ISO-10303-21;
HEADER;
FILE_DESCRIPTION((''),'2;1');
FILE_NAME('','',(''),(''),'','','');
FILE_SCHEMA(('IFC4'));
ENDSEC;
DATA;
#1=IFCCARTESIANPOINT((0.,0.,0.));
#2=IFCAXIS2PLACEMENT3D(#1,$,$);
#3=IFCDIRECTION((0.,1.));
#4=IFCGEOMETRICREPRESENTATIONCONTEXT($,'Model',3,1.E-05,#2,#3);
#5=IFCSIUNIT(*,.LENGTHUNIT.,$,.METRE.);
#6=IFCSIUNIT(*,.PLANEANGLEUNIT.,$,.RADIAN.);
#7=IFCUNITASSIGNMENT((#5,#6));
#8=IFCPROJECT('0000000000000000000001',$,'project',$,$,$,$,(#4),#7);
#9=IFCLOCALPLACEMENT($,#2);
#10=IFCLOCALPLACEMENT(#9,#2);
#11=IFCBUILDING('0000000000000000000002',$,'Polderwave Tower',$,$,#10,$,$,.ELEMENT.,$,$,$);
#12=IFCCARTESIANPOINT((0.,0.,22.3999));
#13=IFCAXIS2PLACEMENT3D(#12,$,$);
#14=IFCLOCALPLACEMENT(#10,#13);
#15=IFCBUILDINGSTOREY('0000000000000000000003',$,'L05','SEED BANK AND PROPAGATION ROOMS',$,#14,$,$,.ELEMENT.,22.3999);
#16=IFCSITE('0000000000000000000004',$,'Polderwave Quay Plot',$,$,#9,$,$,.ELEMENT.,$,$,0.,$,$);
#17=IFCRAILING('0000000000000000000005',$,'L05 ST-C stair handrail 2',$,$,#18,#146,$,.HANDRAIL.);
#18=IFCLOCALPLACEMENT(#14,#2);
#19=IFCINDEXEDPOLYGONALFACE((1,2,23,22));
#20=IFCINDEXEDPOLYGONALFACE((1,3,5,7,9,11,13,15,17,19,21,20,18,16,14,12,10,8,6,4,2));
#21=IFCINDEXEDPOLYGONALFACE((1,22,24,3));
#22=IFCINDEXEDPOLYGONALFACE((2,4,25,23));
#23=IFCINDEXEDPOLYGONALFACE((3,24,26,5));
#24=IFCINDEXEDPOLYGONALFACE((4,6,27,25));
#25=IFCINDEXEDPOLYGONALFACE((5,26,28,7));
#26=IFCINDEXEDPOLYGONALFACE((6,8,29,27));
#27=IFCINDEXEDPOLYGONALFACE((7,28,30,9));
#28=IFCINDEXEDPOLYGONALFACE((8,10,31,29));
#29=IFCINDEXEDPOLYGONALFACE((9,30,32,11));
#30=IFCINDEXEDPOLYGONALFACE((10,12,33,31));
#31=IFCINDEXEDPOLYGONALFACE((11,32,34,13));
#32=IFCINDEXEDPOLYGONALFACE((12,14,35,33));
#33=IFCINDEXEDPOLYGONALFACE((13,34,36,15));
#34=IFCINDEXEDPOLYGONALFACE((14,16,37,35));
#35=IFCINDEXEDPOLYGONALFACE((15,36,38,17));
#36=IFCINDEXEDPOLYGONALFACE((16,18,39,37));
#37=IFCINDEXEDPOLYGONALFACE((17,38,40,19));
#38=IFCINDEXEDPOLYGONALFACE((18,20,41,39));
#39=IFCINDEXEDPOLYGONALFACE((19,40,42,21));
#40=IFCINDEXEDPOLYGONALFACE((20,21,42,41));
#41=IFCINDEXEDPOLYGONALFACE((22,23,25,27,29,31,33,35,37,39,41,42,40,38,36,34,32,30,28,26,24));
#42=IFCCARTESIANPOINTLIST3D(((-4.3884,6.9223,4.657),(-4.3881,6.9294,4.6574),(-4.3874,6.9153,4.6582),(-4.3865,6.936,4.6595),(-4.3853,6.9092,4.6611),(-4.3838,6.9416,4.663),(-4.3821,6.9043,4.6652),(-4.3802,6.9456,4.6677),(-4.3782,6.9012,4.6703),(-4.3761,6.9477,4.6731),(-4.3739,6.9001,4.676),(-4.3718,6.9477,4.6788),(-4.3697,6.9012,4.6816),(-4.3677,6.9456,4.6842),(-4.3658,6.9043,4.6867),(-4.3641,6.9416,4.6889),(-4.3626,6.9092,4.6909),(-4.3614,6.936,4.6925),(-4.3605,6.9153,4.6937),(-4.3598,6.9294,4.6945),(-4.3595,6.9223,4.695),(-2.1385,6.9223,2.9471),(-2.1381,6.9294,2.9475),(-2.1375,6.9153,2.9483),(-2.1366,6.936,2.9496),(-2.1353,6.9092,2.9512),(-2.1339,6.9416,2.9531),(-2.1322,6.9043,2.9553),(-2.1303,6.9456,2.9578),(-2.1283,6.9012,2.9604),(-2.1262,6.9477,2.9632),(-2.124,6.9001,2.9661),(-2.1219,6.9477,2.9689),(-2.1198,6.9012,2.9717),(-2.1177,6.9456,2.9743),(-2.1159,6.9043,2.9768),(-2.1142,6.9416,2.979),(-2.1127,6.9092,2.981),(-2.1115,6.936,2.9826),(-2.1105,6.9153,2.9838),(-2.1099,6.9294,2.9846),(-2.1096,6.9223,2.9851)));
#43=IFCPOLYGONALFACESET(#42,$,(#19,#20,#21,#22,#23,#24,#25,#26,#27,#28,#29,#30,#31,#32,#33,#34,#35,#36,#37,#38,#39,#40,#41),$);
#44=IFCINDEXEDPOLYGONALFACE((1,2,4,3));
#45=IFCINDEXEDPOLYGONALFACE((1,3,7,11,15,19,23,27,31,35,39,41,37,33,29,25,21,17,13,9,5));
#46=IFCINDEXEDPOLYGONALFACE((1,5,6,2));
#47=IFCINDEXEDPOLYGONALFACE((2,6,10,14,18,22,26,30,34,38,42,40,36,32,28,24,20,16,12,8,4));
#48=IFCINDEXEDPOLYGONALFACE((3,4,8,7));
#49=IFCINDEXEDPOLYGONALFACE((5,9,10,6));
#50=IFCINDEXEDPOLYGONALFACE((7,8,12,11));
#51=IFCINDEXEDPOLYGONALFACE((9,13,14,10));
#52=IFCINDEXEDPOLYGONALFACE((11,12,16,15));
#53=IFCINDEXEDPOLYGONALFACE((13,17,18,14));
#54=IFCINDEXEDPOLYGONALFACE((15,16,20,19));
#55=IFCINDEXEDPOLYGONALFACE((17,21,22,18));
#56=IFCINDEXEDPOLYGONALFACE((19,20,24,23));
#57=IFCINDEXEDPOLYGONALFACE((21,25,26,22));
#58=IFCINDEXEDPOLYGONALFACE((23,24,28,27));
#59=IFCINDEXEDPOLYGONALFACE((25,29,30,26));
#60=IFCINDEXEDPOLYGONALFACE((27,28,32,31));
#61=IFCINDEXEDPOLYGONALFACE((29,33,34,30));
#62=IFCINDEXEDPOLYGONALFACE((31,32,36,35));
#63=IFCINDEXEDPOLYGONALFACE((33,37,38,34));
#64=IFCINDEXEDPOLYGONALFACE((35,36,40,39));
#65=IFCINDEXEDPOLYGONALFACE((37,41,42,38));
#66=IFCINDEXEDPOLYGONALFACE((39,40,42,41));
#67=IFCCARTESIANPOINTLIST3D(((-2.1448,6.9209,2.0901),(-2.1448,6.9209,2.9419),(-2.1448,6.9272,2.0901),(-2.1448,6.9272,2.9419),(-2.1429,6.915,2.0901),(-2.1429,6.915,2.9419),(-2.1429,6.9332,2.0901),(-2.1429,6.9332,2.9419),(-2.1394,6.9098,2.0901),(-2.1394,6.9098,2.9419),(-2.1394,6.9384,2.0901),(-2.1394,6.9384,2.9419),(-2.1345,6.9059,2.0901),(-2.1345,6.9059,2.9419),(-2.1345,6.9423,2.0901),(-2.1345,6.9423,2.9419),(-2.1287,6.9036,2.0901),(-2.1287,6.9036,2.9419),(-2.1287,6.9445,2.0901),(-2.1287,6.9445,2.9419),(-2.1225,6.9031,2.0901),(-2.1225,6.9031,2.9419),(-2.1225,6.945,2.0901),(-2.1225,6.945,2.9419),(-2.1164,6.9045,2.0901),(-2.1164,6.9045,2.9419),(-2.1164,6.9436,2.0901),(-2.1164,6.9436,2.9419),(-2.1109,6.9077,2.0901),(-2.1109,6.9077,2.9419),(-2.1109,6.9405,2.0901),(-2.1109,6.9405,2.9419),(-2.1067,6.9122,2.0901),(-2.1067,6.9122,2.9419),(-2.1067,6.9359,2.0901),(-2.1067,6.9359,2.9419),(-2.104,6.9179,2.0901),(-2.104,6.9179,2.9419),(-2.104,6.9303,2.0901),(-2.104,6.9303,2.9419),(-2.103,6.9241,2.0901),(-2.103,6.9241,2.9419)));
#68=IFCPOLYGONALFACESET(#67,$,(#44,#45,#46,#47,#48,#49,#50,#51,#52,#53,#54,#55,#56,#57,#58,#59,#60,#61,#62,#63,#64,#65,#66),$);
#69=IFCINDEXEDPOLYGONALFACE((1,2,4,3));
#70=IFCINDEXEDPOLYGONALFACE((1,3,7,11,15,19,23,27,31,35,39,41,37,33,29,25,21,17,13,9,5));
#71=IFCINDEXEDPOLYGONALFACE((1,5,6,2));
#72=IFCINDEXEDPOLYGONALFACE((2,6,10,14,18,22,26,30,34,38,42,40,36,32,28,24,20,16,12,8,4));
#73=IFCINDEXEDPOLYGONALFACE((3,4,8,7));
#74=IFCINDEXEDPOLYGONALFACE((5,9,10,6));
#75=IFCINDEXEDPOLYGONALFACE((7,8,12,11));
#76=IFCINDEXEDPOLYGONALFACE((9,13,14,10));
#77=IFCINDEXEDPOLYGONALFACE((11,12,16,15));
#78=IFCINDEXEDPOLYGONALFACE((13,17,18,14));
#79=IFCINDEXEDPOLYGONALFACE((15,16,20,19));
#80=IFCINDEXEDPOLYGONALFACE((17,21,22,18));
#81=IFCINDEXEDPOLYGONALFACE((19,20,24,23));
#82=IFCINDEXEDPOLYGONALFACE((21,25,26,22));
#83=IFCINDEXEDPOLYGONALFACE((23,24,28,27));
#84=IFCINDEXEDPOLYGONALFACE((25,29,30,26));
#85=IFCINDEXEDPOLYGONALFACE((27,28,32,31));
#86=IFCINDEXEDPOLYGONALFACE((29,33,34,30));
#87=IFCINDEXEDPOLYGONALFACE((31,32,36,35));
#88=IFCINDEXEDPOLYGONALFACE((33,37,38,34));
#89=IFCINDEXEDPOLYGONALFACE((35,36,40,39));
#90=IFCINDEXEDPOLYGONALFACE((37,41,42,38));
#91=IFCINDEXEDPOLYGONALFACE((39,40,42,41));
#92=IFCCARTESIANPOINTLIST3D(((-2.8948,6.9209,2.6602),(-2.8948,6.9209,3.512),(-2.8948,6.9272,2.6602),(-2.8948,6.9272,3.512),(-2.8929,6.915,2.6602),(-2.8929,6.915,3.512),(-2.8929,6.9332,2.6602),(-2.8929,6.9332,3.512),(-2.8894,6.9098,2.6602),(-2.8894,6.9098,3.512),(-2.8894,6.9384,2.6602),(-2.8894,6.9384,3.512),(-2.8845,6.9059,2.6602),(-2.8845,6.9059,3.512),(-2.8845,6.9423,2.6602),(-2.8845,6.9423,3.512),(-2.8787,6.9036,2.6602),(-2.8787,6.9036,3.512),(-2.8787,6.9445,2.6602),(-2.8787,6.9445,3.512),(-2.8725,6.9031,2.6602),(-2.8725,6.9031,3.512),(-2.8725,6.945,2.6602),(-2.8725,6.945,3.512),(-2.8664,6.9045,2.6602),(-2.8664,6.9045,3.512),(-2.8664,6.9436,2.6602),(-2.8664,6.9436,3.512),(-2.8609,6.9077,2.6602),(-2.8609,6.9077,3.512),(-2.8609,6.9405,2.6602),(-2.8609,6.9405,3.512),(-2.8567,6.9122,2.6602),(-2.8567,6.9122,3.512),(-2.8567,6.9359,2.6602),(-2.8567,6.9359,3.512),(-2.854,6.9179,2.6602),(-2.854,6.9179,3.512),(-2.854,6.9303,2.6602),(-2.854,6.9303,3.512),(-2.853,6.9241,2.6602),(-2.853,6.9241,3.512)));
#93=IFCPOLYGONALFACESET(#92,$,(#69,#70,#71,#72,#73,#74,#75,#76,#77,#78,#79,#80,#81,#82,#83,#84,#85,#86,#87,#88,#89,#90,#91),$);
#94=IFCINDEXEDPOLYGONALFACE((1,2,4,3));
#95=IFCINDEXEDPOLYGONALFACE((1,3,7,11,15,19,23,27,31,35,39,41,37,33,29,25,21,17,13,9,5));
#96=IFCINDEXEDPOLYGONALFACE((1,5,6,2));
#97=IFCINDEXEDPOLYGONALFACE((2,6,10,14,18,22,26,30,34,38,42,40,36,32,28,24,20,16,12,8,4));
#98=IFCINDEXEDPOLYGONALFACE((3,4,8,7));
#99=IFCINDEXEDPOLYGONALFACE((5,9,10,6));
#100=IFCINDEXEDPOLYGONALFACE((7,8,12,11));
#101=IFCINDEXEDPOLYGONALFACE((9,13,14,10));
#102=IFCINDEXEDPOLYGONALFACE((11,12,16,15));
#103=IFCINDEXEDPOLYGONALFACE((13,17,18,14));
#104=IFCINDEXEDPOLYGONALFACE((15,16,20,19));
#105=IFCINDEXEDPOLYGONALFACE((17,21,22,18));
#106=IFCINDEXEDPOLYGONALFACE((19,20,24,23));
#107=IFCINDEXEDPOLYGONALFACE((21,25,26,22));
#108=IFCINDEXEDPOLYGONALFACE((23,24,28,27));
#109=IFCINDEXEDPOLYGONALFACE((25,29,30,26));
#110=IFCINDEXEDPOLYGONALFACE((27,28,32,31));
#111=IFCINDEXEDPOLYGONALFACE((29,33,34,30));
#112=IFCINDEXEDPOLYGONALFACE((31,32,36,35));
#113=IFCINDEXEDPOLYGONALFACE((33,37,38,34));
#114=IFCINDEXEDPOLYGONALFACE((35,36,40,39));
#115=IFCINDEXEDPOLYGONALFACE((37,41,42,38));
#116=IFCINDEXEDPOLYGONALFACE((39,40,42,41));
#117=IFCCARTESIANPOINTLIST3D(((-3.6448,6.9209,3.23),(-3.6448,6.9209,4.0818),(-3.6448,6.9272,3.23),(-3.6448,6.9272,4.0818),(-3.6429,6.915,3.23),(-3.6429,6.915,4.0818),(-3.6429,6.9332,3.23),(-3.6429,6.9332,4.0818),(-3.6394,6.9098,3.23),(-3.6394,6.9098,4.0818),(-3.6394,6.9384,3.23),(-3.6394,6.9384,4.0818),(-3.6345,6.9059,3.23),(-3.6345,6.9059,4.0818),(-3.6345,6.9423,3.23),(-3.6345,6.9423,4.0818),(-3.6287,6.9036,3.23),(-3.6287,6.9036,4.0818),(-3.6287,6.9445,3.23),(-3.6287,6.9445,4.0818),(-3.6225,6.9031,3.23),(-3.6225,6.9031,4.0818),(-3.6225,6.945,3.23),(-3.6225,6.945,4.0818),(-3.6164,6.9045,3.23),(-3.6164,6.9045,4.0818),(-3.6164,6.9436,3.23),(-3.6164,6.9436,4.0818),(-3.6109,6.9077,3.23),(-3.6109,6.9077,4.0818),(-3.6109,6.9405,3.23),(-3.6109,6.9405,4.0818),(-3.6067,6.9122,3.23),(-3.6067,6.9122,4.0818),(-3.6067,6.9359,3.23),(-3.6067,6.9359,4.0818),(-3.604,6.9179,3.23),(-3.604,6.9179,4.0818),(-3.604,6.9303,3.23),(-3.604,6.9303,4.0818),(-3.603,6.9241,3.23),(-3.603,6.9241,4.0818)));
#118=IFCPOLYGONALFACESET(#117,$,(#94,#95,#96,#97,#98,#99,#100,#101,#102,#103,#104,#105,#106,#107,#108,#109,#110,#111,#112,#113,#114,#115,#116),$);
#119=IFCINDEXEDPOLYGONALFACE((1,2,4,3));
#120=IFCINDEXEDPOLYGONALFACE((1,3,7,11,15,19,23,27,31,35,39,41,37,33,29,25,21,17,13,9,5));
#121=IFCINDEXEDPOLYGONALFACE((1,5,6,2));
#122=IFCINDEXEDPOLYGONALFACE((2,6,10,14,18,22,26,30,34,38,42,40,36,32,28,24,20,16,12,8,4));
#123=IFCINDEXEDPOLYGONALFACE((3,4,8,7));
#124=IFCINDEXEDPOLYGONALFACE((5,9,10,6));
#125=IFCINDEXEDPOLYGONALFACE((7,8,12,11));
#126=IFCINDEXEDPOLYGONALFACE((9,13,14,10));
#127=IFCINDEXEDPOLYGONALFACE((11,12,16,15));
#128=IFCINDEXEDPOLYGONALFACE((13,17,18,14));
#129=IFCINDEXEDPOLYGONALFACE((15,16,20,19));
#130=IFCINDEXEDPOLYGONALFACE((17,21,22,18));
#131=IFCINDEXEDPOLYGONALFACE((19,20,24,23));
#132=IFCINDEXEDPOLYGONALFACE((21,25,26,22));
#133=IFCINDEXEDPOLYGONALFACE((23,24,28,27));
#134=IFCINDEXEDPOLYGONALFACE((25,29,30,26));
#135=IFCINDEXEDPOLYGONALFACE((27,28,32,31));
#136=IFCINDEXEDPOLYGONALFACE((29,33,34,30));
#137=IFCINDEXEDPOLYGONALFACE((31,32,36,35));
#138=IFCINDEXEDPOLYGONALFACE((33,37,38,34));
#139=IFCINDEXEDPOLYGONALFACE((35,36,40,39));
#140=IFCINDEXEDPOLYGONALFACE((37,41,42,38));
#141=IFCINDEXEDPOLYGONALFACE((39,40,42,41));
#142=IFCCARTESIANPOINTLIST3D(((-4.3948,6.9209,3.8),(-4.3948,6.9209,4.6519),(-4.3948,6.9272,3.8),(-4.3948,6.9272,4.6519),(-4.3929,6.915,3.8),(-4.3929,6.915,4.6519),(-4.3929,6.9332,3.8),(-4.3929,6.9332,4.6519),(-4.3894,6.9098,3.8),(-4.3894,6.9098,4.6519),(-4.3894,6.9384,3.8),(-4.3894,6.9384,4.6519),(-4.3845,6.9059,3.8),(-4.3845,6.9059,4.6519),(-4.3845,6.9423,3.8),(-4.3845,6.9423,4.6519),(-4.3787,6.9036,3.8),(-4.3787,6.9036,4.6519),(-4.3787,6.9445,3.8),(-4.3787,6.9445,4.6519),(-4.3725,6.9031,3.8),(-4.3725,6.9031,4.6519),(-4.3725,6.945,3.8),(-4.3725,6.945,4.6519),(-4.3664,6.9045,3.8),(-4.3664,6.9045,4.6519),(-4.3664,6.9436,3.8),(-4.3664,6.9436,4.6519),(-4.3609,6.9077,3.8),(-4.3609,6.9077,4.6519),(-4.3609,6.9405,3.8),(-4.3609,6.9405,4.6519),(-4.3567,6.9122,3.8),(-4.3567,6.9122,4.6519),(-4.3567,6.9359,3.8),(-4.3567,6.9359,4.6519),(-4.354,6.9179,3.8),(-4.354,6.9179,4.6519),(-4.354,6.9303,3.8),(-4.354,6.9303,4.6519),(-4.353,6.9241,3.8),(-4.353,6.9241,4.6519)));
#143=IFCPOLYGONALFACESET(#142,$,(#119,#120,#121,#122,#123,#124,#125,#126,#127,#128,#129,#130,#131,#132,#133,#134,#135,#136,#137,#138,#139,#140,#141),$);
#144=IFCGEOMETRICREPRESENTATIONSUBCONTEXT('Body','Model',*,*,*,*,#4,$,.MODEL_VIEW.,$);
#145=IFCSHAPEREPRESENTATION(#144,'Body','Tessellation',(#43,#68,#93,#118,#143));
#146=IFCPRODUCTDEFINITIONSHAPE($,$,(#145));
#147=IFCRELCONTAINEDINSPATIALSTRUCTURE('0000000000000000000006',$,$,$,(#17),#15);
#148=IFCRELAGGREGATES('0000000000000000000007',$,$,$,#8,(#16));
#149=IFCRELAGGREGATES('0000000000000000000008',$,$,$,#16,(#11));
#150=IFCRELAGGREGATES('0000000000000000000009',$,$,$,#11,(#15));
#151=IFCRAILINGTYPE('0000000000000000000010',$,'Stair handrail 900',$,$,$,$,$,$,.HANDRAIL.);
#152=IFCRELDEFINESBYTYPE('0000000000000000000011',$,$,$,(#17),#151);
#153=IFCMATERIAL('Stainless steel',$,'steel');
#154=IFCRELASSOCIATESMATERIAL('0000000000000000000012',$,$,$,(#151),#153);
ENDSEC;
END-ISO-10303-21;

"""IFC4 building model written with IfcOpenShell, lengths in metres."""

from ifc_helpers import new_model, si_unit, direction, frame, origin, origin_2d, place, context, subcontext, project, spatial, circle, extrude, material, type_object, element, save


model = new_model("IFC4")

# Units and contexts
model_context = context("Model", 3, precision=1e-05, world=origin(), true_north=direction((0.0, 1.0)))
body_context = subcontext(model_context, "Body", "Model", "MODEL_VIEW")
ifc_project = project(units=[si_unit("LENGTHUNIT", "METRE"), si_unit("PLANEANGLEUNIT", "RADIAN")], contexts=[model_context])

# Site, building, storey
site_placement = place(None, origin())
site = spatial("IfcSite", under=ifc_project, at=site_placement, Name="Polderwave Quay Plot", CompositionType="ELEMENT", RefElevation=0.0)
building_placement = place(site_placement, origin())
building = spatial("IfcBuilding", under=site, at=building_placement, Name="Polderwave Tower", CompositionType="ELEMENT")
storey_placement = place(building_placement, frame((0.0, 0.0, 22.3999)))
storey = spatial("IfcBuildingStorey", under=building, at=storey_placement, Name="L05", Description="SEED BANK AND PROPAGATION ROOMS", CompositionType="ELEMENT", Elevation=22.3999)

# Railing
ifc_material_1 = material(Name="Stainless steel", Category="steel")
railing_type_1 = type_object("IfcRailingType", Name="Stair handrail 900", PredefinedType="HANDRAIL", material=ifc_material_1)
railing_1_placement = place(storey_placement, frame((-2.124, 6.9241, 2.0901)))
element("IfcRailing", 1, at=railing_1_placement, inside=storey, type_object=railing_type_1, Name="L05 ST-C stair handrail 2", PredefinedType="HANDRAIL", context=body_context, shape_type="SweptSolid", body=[
    extrude(circle(Radius=0.0239, at=origin_2d()), frame((0.0, 0.0, 0.876), z_axis=(-0.796169, 0.0, 0.605075), x_axis=(0.0, -1.0, 0.0)), (0.0, 0.0, 1.0), 2.8259),
    extrude(circle(Radius=0.021, at=origin_2d()), origin(), (0.0, 0.0, 1.0), 0.8518),
    extrude(circle(Radius=0.021, at=origin_2d()), frame((-0.75, 0.0, 0.5701)), (0.0, 0.0, 1.0), 0.8518),
    extrude(circle(Radius=0.021, at=origin_2d()), frame((-1.5, 0.0, 1.1399)), (0.0, 0.0, 1.0), 0.8518),
    extrude(circle(Radius=0.021, at=origin_2d()), frame((-2.25, 0.0, 1.71)), (0.0, 0.0, 1.0), 0.8518),
])

save(model, "model.ifc")
